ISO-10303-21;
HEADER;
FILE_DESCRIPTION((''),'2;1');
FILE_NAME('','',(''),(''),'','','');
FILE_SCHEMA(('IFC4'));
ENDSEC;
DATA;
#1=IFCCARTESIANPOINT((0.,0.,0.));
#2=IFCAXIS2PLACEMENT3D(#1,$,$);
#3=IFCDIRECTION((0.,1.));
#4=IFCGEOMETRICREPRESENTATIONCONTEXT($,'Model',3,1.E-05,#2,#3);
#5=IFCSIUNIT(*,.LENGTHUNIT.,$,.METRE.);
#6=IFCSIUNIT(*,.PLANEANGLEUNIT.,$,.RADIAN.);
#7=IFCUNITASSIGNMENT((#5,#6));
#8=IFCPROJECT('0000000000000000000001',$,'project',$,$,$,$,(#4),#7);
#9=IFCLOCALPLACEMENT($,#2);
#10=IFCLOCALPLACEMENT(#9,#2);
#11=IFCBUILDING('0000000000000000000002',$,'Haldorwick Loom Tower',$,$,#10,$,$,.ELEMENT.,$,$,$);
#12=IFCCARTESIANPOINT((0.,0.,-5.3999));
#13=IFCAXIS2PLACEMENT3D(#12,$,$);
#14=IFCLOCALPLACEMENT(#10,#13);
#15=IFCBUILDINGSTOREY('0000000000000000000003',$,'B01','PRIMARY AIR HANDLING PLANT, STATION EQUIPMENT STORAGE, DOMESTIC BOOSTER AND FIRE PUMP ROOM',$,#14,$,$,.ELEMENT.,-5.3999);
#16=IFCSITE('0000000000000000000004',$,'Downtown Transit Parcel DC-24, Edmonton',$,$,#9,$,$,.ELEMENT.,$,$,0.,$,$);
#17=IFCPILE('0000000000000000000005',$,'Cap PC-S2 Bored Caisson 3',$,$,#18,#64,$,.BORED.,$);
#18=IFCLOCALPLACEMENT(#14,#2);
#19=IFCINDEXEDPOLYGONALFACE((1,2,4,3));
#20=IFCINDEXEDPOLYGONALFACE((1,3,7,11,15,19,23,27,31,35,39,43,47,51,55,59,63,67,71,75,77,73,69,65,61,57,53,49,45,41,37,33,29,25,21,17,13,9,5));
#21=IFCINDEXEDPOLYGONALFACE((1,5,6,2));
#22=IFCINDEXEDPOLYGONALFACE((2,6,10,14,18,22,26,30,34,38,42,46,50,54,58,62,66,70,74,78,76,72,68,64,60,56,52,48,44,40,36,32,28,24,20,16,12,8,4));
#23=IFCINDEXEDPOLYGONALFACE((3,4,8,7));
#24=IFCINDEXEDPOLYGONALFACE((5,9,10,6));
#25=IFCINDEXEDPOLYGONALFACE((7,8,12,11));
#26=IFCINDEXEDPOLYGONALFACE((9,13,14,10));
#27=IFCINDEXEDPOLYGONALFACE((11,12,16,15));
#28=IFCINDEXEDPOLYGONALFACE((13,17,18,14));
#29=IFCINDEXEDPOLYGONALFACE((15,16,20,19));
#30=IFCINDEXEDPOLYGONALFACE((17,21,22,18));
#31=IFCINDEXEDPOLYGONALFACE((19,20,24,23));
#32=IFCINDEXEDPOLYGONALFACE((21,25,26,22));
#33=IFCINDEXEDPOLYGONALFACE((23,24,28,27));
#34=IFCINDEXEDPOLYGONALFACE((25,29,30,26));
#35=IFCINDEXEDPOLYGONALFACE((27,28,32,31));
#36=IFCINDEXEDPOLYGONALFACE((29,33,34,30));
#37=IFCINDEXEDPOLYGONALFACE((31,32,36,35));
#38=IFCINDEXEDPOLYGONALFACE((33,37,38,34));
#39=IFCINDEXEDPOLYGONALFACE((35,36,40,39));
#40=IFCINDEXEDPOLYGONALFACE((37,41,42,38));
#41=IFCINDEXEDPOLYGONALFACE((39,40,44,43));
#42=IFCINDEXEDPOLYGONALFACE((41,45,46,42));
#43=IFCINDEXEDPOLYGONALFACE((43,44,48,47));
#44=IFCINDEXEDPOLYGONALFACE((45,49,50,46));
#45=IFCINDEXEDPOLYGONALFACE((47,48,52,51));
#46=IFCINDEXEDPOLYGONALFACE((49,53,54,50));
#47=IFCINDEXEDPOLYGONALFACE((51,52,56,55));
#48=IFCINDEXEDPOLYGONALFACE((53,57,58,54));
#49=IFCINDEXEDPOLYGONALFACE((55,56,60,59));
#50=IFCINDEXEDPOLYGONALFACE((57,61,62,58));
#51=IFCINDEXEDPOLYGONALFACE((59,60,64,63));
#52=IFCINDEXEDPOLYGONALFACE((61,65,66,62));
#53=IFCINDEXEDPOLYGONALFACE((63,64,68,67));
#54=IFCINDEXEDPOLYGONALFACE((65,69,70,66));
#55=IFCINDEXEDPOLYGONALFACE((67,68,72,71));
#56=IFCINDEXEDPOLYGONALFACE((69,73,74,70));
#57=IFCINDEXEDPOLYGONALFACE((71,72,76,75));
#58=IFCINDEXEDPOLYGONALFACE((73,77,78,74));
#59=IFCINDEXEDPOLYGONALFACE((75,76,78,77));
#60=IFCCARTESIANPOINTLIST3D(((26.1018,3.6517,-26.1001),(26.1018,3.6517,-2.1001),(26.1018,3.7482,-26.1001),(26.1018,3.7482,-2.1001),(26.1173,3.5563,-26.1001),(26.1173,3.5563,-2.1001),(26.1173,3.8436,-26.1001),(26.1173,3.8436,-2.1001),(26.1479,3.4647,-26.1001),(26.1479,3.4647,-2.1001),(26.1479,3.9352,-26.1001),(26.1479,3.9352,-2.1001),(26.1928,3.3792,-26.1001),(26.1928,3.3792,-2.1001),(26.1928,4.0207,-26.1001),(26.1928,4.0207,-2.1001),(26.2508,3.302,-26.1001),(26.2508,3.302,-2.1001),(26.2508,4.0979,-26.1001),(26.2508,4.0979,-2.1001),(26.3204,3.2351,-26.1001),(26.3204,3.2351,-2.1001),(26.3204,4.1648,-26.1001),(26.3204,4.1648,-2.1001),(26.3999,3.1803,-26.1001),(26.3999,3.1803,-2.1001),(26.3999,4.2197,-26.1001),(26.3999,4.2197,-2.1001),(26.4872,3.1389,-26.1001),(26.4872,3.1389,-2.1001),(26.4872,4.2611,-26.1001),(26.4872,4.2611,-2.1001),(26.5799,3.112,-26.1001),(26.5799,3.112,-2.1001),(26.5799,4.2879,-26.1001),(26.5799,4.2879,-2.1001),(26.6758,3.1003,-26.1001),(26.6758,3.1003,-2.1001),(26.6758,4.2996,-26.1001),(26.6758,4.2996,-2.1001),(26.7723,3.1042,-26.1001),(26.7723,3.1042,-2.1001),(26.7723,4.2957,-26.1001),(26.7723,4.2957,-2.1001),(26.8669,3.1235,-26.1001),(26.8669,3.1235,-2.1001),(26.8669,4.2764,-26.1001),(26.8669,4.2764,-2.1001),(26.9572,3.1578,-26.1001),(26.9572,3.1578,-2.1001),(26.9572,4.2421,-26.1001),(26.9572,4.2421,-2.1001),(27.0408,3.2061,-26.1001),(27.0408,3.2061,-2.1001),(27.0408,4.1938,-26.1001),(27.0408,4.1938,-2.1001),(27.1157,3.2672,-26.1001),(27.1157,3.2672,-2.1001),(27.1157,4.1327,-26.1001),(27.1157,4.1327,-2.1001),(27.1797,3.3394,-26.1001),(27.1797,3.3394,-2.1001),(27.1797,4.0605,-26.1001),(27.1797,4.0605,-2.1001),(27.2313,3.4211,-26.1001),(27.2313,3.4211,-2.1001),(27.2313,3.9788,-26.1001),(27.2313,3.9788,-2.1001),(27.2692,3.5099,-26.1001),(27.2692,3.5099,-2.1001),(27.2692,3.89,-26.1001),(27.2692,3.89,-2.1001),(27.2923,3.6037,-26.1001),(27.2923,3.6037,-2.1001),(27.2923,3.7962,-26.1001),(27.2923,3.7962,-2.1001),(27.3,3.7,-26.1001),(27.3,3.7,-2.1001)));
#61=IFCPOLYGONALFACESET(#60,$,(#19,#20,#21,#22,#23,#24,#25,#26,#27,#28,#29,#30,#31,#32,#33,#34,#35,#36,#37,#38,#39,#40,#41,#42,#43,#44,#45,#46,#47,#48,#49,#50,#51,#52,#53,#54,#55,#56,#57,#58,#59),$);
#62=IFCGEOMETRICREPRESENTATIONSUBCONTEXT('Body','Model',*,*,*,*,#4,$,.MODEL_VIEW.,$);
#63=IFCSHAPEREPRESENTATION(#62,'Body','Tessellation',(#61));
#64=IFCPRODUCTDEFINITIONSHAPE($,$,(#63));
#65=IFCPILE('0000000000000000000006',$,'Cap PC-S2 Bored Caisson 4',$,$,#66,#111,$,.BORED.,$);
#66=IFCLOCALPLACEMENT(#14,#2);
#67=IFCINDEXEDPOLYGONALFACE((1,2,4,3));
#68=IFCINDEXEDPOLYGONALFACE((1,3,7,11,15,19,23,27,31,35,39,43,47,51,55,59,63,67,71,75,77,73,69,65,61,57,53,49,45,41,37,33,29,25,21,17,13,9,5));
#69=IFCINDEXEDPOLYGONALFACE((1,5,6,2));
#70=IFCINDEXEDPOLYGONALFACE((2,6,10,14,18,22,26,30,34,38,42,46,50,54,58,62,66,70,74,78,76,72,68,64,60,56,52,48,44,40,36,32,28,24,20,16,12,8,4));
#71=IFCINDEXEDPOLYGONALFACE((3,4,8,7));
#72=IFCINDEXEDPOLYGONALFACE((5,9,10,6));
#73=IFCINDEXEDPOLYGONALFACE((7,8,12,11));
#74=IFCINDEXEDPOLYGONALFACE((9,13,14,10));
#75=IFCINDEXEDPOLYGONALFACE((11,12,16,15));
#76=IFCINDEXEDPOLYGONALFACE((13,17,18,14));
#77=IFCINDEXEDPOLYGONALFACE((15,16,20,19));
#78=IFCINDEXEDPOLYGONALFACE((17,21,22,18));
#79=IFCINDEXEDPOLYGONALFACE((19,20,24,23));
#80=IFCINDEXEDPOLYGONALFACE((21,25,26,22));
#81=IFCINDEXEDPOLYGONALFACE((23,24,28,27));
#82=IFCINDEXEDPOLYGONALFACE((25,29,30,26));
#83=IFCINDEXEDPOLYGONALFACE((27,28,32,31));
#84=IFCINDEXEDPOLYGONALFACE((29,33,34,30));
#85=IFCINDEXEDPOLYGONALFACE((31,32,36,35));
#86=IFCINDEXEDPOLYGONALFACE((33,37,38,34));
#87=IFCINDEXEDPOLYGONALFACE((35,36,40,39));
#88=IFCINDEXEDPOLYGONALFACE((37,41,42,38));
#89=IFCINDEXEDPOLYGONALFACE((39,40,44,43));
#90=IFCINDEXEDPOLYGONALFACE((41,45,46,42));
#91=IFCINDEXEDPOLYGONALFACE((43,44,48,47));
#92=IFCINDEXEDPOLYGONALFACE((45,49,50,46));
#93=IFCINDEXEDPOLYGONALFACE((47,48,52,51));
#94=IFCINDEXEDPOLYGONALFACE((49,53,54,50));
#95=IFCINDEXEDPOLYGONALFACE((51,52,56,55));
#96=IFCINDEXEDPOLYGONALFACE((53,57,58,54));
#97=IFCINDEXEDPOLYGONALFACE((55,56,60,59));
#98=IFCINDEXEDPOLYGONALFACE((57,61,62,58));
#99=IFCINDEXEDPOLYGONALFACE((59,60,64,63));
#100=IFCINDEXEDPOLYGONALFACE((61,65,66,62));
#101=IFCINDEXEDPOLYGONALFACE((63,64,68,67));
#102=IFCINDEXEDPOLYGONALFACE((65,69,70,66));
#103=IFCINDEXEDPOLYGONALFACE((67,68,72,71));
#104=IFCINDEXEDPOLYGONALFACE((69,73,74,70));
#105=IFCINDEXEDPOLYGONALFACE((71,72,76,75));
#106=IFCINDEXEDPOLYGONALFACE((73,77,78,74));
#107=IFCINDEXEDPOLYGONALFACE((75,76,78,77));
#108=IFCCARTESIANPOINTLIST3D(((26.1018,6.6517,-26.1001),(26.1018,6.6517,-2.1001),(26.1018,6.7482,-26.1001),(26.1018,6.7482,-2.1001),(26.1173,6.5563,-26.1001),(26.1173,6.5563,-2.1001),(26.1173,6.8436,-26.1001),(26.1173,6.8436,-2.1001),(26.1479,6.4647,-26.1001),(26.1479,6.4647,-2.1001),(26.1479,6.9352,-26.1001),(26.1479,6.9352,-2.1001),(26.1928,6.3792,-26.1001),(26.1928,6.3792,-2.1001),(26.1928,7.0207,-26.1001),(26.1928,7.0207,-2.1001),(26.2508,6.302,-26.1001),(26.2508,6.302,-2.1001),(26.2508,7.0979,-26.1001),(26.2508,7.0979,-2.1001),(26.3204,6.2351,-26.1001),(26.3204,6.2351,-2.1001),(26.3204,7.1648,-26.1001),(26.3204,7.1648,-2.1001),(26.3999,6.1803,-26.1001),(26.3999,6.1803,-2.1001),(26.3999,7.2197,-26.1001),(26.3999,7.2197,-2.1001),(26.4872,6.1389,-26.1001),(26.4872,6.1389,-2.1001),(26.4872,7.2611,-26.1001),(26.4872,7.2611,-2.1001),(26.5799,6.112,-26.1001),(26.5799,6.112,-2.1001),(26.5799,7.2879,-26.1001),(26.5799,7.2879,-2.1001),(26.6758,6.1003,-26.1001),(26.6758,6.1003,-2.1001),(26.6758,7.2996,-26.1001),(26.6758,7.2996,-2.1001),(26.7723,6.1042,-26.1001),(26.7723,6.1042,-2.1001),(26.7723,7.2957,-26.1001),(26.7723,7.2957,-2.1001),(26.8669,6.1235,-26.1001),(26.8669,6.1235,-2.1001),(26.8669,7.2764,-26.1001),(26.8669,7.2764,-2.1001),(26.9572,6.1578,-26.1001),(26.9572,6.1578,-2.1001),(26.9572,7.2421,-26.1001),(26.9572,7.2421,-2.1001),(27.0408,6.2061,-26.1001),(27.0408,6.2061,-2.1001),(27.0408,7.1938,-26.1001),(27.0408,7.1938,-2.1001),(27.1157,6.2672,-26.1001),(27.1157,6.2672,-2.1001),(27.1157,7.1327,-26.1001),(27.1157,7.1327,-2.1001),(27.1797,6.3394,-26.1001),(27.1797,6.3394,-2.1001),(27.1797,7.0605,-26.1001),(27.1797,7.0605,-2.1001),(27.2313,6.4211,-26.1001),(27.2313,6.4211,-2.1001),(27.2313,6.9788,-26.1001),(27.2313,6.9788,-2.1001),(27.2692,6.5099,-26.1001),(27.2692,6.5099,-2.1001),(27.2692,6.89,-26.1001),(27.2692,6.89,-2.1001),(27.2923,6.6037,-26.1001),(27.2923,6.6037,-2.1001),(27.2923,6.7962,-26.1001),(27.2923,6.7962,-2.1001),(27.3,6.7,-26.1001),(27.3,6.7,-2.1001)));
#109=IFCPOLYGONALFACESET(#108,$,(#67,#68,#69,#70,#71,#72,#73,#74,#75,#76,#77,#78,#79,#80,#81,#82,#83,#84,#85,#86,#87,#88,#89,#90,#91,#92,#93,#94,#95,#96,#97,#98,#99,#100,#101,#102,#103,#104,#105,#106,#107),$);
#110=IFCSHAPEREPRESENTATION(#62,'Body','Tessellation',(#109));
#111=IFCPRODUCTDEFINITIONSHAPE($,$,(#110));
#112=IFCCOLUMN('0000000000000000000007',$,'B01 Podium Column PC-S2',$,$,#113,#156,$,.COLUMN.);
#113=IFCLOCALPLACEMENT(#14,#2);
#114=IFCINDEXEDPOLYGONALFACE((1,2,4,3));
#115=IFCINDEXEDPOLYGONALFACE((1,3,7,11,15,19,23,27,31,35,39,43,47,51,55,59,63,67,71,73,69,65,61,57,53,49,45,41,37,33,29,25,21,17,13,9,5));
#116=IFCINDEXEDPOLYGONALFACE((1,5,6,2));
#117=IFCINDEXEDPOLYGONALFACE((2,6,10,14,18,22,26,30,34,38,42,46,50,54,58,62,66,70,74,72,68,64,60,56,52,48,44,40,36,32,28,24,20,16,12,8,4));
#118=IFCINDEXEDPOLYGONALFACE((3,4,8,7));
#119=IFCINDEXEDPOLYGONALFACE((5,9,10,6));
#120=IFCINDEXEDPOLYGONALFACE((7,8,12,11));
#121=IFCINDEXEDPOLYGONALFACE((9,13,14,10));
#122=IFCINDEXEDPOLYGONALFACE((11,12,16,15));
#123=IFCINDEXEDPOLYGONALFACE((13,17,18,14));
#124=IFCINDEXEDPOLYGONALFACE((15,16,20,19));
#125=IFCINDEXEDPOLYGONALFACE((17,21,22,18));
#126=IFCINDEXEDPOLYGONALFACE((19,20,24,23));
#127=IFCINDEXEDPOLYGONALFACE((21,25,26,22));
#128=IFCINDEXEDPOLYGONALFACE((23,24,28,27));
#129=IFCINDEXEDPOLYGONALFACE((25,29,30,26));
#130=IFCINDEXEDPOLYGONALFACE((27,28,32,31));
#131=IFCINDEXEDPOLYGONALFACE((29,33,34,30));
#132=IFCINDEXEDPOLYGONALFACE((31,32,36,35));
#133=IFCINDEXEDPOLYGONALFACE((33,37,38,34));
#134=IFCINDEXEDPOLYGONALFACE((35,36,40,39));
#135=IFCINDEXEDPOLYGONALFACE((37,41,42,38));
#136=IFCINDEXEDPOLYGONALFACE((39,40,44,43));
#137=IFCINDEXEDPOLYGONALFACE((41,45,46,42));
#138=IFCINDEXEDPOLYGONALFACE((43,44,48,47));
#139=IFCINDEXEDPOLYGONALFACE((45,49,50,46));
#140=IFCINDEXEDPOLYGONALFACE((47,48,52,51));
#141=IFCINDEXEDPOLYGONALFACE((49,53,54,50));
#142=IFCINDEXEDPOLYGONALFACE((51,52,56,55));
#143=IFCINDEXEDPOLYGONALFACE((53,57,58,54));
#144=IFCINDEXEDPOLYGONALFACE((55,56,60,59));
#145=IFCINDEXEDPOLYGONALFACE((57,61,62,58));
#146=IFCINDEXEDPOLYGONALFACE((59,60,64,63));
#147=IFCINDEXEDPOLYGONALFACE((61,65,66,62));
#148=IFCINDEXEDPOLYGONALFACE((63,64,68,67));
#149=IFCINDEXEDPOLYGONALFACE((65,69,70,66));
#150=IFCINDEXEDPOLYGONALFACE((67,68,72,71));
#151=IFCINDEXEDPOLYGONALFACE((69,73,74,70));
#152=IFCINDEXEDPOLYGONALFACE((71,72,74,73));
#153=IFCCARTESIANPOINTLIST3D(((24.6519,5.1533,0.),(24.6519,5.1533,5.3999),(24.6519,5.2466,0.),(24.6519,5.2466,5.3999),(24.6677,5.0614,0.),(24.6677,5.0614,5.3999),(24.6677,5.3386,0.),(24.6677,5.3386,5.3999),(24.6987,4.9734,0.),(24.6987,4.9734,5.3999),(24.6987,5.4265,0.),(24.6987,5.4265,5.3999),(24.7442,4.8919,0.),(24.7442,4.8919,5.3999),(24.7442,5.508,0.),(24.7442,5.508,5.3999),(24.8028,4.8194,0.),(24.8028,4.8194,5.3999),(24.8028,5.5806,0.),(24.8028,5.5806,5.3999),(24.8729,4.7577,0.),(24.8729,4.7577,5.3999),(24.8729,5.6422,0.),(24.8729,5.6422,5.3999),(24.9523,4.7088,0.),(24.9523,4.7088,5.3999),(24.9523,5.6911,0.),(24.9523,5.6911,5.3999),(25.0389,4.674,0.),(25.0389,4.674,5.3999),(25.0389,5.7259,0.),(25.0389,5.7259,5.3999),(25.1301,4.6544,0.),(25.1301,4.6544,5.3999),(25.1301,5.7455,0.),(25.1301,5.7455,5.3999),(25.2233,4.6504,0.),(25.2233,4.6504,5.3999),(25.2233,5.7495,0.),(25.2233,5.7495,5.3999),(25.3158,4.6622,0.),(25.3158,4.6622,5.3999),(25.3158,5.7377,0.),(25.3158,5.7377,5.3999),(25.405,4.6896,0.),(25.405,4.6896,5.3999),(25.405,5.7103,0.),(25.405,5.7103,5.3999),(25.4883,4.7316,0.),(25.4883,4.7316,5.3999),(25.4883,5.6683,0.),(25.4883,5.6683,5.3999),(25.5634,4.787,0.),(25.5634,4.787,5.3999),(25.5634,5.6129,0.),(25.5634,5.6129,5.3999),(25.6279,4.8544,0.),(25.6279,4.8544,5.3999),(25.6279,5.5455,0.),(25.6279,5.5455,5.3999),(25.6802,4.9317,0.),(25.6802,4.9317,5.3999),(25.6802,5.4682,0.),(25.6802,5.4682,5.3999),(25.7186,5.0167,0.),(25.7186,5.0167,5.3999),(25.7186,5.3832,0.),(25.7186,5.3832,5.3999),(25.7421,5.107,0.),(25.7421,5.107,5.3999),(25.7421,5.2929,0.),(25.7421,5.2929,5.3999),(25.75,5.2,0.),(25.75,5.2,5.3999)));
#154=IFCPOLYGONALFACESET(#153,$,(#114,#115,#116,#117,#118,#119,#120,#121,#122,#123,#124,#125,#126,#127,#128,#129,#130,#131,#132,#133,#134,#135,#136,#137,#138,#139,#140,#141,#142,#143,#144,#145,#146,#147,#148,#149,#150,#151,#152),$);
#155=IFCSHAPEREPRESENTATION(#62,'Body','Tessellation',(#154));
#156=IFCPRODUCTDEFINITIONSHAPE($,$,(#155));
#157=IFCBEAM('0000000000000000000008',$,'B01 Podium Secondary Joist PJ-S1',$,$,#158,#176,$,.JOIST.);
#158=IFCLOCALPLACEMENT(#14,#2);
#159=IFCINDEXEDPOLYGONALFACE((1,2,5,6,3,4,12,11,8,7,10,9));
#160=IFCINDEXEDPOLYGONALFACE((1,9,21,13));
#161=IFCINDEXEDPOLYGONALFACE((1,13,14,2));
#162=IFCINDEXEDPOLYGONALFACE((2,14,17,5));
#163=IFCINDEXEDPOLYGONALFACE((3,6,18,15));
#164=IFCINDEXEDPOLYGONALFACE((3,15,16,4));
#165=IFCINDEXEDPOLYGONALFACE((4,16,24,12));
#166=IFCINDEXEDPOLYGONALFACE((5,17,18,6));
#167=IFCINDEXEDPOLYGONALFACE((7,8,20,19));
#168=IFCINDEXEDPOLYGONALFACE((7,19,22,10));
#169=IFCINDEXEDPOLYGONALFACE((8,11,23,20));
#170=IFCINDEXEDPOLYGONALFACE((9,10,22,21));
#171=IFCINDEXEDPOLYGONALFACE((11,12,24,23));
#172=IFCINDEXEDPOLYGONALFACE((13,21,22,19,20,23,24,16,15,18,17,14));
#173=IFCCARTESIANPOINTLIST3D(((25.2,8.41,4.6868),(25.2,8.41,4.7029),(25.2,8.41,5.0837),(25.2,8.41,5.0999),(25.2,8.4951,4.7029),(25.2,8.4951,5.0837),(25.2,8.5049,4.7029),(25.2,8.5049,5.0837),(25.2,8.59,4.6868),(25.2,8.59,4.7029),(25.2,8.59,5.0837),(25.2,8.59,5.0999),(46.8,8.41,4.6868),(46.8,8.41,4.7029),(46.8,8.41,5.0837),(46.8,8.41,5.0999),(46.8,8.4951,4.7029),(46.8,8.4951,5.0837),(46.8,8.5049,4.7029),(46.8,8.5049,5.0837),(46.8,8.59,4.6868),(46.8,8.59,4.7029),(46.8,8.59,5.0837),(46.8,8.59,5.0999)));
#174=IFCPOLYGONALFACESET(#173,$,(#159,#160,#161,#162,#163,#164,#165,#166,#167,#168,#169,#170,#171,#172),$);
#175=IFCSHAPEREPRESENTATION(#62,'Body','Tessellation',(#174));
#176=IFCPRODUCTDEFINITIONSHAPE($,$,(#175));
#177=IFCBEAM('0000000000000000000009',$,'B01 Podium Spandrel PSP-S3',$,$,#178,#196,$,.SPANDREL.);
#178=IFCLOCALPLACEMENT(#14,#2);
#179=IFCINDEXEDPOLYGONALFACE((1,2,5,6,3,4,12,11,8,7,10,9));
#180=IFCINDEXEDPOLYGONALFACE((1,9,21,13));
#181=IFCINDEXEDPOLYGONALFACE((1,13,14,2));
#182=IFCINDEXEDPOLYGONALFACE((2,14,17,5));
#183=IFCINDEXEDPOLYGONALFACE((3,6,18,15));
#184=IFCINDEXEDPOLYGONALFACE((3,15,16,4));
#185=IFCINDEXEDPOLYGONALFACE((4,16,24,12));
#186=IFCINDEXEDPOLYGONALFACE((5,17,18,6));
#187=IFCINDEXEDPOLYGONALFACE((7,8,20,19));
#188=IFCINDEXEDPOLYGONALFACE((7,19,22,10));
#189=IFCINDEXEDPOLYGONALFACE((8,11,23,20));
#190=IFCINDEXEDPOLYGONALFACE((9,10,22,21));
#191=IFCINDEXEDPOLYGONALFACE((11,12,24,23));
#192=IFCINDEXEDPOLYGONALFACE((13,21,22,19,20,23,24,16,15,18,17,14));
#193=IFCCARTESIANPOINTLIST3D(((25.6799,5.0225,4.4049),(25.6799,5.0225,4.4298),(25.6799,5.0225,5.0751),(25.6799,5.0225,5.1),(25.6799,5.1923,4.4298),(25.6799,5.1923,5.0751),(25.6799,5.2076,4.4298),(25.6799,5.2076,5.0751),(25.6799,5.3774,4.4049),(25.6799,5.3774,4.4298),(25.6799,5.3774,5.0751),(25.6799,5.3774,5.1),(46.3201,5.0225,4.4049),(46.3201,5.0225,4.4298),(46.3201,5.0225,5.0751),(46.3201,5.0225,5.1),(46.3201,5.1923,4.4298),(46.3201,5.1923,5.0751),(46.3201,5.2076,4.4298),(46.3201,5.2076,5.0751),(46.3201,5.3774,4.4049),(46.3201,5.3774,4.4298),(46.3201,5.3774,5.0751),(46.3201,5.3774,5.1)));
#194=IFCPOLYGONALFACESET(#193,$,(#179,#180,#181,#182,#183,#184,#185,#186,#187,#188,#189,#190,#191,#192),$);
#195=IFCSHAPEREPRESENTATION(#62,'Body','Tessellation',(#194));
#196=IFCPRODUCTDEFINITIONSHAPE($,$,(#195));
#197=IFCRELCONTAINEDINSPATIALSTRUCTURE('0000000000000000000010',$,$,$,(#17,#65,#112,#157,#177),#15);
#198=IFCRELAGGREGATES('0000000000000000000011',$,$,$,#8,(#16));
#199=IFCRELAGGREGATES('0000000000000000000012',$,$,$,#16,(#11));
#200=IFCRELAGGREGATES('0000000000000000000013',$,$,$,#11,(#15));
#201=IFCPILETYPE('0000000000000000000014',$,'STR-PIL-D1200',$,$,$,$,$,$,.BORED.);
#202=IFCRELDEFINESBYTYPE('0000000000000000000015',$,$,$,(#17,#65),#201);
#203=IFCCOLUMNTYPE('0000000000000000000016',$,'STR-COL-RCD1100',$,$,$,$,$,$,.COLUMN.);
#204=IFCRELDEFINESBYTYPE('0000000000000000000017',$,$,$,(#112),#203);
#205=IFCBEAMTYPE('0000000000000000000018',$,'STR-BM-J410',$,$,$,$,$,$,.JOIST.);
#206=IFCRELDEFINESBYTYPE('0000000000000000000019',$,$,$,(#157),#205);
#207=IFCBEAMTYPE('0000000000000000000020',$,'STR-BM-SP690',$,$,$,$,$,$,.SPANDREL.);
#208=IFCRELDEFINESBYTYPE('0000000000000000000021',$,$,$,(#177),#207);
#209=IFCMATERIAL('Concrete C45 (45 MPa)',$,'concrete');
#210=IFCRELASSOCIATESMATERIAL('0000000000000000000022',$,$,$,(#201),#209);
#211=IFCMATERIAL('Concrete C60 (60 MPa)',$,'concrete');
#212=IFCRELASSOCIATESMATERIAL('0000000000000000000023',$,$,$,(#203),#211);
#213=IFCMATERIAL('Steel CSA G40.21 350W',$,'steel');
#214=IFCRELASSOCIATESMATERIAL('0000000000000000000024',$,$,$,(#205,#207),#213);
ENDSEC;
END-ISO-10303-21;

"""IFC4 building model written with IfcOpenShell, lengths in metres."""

from ifc_helpers import new_model, si_unit, direction, frame, origin, origin_2d, place, context, subcontext, project, spatial, circle, i_section, extrude, material, material_profile, profile_set, type_object, element, save


model = new_model("IFC4")

# Units and contexts
model_context = context("Model", 3, precision=1e-05, world=origin(), true_north=direction((0.0, 1.0)))
body_context = subcontext(model_context, "Body", "Model", "MODEL_VIEW")
ifc_project = project(units=[si_unit("LENGTHUNIT", "METRE"), si_unit("PLANEANGLEUNIT", "RADIAN")], contexts=[model_context])

# Site, building, storey
site_placement = place(None, origin())
site = spatial("IfcSite", under=ifc_project, at=site_placement, Name="Downtown Transit Parcel DC-24, Edmonton", CompositionType="ELEMENT", RefElevation=0.0)
building_placement = place(site_placement, origin())
building = spatial("IfcBuilding", under=site, at=building_placement, Name="Haldorwick Loom Tower", CompositionType="ELEMENT")
storey_placement = place(building_placement, frame((0.0, 0.0, -5.3999)))
storey = spatial("IfcBuildingStorey", under=building, at=storey_placement, Name="B01", Description="PRIMARY AIR HANDLING PLANT, STATION EQUIPMENT STORAGE, DOMESTIC BOOSTER AND FIRE PUMP ROOM", CompositionType="ELEMENT", Elevation=-5.3999)

# Shared definitions
ifc_material_1 = material(Name="Concrete C45 (45 MPa)", Category="concrete")

# Piles
ifc_material_profile_1 = material_profile(ifc_material_1, circle(Radius=0.6001, at=origin_2d()), Name="CAISSON_D1200", Category="concrete")
ifc_profile_set_1 = profile_set([ifc_material_profile_1], Name="Concrete C45 (45 MPa)")
pile_type = type_object("IfcPileType", Name="STR-PIL-D1200", PredefinedType="BORED", material=ifc_profile_set_1)
for number, where, z_axis, x_axis, name in (
    (1, (26.7, 3.7, -2.1001), (0.0, 0.0, -1.0), (1.0, 0.0, 0.0), "Cap PC-S2 Bored Caisson 3"),
    (2, (26.7, 6.7, -2.1001), (0.0, 0.0, -1.0), (1.0, 0.0, 0.0), "Cap PC-S2 Bored Caisson 4"),
):
    element("IfcPile", number, at=place(storey_placement, frame(where, z_axis=z_axis, x_axis=x_axis)), inside=storey, type_object=pile_type, Name=name, PredefinedType="BORED", context=body_context, shape_type="SweptSolid", body=[
        extrude(circle(Radius=0.6001, at=origin_2d()), origin(), (0.0, 0.0, 1.0), 24.0),
    ])

# Column
ifc_material_2 = material(Name="Concrete C60 (60 MPa)", Category="concrete")
ifc_material_profile_2 = material_profile(ifc_material_2, circle(Radius=0.55, at=origin_2d()), Name="RCD1100", Category="concrete")
ifc_profile_set_2 = profile_set([ifc_material_profile_2], Name="Concrete C60 (60 MPa)")
column_type = type_object("IfcColumnType", Name="STR-COL-RCD1100", PredefinedType="COLUMN", material=ifc_profile_set_2)
column_placement = place(storey_placement, frame((25.2, 5.2, 0.0), z_axis=(0.0, 0.0, 1.0), x_axis=(1.0, 0.0, 0.0)))
element("IfcColumn", 3, at=column_placement, inside=storey, type_object=column_type, Name="B01 Podium Column PC-S2", PredefinedType="COLUMN", context=body_context, shape_type="SweptSolid", body=[
    extrude(circle(Radius=0.55, at=origin_2d()), origin(), (0.0, 0.0, 1.0), 5.3999),
])

# Beams
ifc_material_3 = material(Name="Steel CSA G40.21 350W", Category="steel")
ifc_material_profile_3 = material_profile(ifc_material_3, i_section(OverallWidth=0.1799, OverallDepth=0.4131, WebThickness=0.0098, FlangeThickness=0.0161, at=origin_2d()), Name="W410X74", Category="steel")
ifc_profile_set_3 = profile_set([ifc_material_profile_3], Name="Steel CSA G40.21 350W")
beam_type_1 = type_object("IfcBeamType", Name="STR-BM-J410", PredefinedType="JOIST", material=ifc_profile_set_3)
beam_1_placement = place(storey_placement, frame((25.2, 8.5, 4.8933), z_axis=(1.0, 0.0, 0.0), x_axis=(0.0, 1.0, 0.0)))
element("IfcBeam", 4, at=beam_1_placement, inside=storey, type_object=beam_type_1, Name="B01 Podium Secondary Joist PJ-S1", PredefinedType="JOIST", context=body_context, shape_type="SweptSolid", body=[
    extrude(i_section(OverallWidth=0.1799, OverallDepth=0.4131, WebThickness=0.0098, FlangeThickness=0.0161, at=origin_2d()), origin(), (0.0, 0.0, 1.0), 21.6001),
])
ifc_material_profile_4 = material_profile(ifc_material_3, i_section(OverallWidth=0.355, OverallDepth=0.6951, WebThickness=0.0154, FlangeThickness=0.0249, at=origin_2d()), Name="W690X217", Category="steel")
ifc_profile_set_4 = profile_set([ifc_material_profile_4], Name="Steel CSA G40.21 350W")
beam_type_2 = type_object("IfcBeamType", Name="STR-BM-SP690", PredefinedType="SPANDREL", material=ifc_profile_set_4)
beam_2_placement = place(storey_placement, frame((25.6799, 5.2, 4.7524), z_axis=(1.0, 0.0, 0.0), x_axis=(0.0, 1.0, 0.0)))
element("IfcBeam", 5, at=beam_2_placement, inside=storey, type_object=beam_type_2, Name="B01 Podium Spandrel PSP-S3", PredefinedType="SPANDREL", context=body_context, shape_type="SweptSolid", body=[
    extrude(i_section(OverallWidth=0.355, OverallDepth=0.6951, WebThickness=0.0154, FlangeThickness=0.0249, at=origin_2d()), origin(), (0.0, 0.0, 1.0), 20.6401),
])

save(model, "model.ifc")
